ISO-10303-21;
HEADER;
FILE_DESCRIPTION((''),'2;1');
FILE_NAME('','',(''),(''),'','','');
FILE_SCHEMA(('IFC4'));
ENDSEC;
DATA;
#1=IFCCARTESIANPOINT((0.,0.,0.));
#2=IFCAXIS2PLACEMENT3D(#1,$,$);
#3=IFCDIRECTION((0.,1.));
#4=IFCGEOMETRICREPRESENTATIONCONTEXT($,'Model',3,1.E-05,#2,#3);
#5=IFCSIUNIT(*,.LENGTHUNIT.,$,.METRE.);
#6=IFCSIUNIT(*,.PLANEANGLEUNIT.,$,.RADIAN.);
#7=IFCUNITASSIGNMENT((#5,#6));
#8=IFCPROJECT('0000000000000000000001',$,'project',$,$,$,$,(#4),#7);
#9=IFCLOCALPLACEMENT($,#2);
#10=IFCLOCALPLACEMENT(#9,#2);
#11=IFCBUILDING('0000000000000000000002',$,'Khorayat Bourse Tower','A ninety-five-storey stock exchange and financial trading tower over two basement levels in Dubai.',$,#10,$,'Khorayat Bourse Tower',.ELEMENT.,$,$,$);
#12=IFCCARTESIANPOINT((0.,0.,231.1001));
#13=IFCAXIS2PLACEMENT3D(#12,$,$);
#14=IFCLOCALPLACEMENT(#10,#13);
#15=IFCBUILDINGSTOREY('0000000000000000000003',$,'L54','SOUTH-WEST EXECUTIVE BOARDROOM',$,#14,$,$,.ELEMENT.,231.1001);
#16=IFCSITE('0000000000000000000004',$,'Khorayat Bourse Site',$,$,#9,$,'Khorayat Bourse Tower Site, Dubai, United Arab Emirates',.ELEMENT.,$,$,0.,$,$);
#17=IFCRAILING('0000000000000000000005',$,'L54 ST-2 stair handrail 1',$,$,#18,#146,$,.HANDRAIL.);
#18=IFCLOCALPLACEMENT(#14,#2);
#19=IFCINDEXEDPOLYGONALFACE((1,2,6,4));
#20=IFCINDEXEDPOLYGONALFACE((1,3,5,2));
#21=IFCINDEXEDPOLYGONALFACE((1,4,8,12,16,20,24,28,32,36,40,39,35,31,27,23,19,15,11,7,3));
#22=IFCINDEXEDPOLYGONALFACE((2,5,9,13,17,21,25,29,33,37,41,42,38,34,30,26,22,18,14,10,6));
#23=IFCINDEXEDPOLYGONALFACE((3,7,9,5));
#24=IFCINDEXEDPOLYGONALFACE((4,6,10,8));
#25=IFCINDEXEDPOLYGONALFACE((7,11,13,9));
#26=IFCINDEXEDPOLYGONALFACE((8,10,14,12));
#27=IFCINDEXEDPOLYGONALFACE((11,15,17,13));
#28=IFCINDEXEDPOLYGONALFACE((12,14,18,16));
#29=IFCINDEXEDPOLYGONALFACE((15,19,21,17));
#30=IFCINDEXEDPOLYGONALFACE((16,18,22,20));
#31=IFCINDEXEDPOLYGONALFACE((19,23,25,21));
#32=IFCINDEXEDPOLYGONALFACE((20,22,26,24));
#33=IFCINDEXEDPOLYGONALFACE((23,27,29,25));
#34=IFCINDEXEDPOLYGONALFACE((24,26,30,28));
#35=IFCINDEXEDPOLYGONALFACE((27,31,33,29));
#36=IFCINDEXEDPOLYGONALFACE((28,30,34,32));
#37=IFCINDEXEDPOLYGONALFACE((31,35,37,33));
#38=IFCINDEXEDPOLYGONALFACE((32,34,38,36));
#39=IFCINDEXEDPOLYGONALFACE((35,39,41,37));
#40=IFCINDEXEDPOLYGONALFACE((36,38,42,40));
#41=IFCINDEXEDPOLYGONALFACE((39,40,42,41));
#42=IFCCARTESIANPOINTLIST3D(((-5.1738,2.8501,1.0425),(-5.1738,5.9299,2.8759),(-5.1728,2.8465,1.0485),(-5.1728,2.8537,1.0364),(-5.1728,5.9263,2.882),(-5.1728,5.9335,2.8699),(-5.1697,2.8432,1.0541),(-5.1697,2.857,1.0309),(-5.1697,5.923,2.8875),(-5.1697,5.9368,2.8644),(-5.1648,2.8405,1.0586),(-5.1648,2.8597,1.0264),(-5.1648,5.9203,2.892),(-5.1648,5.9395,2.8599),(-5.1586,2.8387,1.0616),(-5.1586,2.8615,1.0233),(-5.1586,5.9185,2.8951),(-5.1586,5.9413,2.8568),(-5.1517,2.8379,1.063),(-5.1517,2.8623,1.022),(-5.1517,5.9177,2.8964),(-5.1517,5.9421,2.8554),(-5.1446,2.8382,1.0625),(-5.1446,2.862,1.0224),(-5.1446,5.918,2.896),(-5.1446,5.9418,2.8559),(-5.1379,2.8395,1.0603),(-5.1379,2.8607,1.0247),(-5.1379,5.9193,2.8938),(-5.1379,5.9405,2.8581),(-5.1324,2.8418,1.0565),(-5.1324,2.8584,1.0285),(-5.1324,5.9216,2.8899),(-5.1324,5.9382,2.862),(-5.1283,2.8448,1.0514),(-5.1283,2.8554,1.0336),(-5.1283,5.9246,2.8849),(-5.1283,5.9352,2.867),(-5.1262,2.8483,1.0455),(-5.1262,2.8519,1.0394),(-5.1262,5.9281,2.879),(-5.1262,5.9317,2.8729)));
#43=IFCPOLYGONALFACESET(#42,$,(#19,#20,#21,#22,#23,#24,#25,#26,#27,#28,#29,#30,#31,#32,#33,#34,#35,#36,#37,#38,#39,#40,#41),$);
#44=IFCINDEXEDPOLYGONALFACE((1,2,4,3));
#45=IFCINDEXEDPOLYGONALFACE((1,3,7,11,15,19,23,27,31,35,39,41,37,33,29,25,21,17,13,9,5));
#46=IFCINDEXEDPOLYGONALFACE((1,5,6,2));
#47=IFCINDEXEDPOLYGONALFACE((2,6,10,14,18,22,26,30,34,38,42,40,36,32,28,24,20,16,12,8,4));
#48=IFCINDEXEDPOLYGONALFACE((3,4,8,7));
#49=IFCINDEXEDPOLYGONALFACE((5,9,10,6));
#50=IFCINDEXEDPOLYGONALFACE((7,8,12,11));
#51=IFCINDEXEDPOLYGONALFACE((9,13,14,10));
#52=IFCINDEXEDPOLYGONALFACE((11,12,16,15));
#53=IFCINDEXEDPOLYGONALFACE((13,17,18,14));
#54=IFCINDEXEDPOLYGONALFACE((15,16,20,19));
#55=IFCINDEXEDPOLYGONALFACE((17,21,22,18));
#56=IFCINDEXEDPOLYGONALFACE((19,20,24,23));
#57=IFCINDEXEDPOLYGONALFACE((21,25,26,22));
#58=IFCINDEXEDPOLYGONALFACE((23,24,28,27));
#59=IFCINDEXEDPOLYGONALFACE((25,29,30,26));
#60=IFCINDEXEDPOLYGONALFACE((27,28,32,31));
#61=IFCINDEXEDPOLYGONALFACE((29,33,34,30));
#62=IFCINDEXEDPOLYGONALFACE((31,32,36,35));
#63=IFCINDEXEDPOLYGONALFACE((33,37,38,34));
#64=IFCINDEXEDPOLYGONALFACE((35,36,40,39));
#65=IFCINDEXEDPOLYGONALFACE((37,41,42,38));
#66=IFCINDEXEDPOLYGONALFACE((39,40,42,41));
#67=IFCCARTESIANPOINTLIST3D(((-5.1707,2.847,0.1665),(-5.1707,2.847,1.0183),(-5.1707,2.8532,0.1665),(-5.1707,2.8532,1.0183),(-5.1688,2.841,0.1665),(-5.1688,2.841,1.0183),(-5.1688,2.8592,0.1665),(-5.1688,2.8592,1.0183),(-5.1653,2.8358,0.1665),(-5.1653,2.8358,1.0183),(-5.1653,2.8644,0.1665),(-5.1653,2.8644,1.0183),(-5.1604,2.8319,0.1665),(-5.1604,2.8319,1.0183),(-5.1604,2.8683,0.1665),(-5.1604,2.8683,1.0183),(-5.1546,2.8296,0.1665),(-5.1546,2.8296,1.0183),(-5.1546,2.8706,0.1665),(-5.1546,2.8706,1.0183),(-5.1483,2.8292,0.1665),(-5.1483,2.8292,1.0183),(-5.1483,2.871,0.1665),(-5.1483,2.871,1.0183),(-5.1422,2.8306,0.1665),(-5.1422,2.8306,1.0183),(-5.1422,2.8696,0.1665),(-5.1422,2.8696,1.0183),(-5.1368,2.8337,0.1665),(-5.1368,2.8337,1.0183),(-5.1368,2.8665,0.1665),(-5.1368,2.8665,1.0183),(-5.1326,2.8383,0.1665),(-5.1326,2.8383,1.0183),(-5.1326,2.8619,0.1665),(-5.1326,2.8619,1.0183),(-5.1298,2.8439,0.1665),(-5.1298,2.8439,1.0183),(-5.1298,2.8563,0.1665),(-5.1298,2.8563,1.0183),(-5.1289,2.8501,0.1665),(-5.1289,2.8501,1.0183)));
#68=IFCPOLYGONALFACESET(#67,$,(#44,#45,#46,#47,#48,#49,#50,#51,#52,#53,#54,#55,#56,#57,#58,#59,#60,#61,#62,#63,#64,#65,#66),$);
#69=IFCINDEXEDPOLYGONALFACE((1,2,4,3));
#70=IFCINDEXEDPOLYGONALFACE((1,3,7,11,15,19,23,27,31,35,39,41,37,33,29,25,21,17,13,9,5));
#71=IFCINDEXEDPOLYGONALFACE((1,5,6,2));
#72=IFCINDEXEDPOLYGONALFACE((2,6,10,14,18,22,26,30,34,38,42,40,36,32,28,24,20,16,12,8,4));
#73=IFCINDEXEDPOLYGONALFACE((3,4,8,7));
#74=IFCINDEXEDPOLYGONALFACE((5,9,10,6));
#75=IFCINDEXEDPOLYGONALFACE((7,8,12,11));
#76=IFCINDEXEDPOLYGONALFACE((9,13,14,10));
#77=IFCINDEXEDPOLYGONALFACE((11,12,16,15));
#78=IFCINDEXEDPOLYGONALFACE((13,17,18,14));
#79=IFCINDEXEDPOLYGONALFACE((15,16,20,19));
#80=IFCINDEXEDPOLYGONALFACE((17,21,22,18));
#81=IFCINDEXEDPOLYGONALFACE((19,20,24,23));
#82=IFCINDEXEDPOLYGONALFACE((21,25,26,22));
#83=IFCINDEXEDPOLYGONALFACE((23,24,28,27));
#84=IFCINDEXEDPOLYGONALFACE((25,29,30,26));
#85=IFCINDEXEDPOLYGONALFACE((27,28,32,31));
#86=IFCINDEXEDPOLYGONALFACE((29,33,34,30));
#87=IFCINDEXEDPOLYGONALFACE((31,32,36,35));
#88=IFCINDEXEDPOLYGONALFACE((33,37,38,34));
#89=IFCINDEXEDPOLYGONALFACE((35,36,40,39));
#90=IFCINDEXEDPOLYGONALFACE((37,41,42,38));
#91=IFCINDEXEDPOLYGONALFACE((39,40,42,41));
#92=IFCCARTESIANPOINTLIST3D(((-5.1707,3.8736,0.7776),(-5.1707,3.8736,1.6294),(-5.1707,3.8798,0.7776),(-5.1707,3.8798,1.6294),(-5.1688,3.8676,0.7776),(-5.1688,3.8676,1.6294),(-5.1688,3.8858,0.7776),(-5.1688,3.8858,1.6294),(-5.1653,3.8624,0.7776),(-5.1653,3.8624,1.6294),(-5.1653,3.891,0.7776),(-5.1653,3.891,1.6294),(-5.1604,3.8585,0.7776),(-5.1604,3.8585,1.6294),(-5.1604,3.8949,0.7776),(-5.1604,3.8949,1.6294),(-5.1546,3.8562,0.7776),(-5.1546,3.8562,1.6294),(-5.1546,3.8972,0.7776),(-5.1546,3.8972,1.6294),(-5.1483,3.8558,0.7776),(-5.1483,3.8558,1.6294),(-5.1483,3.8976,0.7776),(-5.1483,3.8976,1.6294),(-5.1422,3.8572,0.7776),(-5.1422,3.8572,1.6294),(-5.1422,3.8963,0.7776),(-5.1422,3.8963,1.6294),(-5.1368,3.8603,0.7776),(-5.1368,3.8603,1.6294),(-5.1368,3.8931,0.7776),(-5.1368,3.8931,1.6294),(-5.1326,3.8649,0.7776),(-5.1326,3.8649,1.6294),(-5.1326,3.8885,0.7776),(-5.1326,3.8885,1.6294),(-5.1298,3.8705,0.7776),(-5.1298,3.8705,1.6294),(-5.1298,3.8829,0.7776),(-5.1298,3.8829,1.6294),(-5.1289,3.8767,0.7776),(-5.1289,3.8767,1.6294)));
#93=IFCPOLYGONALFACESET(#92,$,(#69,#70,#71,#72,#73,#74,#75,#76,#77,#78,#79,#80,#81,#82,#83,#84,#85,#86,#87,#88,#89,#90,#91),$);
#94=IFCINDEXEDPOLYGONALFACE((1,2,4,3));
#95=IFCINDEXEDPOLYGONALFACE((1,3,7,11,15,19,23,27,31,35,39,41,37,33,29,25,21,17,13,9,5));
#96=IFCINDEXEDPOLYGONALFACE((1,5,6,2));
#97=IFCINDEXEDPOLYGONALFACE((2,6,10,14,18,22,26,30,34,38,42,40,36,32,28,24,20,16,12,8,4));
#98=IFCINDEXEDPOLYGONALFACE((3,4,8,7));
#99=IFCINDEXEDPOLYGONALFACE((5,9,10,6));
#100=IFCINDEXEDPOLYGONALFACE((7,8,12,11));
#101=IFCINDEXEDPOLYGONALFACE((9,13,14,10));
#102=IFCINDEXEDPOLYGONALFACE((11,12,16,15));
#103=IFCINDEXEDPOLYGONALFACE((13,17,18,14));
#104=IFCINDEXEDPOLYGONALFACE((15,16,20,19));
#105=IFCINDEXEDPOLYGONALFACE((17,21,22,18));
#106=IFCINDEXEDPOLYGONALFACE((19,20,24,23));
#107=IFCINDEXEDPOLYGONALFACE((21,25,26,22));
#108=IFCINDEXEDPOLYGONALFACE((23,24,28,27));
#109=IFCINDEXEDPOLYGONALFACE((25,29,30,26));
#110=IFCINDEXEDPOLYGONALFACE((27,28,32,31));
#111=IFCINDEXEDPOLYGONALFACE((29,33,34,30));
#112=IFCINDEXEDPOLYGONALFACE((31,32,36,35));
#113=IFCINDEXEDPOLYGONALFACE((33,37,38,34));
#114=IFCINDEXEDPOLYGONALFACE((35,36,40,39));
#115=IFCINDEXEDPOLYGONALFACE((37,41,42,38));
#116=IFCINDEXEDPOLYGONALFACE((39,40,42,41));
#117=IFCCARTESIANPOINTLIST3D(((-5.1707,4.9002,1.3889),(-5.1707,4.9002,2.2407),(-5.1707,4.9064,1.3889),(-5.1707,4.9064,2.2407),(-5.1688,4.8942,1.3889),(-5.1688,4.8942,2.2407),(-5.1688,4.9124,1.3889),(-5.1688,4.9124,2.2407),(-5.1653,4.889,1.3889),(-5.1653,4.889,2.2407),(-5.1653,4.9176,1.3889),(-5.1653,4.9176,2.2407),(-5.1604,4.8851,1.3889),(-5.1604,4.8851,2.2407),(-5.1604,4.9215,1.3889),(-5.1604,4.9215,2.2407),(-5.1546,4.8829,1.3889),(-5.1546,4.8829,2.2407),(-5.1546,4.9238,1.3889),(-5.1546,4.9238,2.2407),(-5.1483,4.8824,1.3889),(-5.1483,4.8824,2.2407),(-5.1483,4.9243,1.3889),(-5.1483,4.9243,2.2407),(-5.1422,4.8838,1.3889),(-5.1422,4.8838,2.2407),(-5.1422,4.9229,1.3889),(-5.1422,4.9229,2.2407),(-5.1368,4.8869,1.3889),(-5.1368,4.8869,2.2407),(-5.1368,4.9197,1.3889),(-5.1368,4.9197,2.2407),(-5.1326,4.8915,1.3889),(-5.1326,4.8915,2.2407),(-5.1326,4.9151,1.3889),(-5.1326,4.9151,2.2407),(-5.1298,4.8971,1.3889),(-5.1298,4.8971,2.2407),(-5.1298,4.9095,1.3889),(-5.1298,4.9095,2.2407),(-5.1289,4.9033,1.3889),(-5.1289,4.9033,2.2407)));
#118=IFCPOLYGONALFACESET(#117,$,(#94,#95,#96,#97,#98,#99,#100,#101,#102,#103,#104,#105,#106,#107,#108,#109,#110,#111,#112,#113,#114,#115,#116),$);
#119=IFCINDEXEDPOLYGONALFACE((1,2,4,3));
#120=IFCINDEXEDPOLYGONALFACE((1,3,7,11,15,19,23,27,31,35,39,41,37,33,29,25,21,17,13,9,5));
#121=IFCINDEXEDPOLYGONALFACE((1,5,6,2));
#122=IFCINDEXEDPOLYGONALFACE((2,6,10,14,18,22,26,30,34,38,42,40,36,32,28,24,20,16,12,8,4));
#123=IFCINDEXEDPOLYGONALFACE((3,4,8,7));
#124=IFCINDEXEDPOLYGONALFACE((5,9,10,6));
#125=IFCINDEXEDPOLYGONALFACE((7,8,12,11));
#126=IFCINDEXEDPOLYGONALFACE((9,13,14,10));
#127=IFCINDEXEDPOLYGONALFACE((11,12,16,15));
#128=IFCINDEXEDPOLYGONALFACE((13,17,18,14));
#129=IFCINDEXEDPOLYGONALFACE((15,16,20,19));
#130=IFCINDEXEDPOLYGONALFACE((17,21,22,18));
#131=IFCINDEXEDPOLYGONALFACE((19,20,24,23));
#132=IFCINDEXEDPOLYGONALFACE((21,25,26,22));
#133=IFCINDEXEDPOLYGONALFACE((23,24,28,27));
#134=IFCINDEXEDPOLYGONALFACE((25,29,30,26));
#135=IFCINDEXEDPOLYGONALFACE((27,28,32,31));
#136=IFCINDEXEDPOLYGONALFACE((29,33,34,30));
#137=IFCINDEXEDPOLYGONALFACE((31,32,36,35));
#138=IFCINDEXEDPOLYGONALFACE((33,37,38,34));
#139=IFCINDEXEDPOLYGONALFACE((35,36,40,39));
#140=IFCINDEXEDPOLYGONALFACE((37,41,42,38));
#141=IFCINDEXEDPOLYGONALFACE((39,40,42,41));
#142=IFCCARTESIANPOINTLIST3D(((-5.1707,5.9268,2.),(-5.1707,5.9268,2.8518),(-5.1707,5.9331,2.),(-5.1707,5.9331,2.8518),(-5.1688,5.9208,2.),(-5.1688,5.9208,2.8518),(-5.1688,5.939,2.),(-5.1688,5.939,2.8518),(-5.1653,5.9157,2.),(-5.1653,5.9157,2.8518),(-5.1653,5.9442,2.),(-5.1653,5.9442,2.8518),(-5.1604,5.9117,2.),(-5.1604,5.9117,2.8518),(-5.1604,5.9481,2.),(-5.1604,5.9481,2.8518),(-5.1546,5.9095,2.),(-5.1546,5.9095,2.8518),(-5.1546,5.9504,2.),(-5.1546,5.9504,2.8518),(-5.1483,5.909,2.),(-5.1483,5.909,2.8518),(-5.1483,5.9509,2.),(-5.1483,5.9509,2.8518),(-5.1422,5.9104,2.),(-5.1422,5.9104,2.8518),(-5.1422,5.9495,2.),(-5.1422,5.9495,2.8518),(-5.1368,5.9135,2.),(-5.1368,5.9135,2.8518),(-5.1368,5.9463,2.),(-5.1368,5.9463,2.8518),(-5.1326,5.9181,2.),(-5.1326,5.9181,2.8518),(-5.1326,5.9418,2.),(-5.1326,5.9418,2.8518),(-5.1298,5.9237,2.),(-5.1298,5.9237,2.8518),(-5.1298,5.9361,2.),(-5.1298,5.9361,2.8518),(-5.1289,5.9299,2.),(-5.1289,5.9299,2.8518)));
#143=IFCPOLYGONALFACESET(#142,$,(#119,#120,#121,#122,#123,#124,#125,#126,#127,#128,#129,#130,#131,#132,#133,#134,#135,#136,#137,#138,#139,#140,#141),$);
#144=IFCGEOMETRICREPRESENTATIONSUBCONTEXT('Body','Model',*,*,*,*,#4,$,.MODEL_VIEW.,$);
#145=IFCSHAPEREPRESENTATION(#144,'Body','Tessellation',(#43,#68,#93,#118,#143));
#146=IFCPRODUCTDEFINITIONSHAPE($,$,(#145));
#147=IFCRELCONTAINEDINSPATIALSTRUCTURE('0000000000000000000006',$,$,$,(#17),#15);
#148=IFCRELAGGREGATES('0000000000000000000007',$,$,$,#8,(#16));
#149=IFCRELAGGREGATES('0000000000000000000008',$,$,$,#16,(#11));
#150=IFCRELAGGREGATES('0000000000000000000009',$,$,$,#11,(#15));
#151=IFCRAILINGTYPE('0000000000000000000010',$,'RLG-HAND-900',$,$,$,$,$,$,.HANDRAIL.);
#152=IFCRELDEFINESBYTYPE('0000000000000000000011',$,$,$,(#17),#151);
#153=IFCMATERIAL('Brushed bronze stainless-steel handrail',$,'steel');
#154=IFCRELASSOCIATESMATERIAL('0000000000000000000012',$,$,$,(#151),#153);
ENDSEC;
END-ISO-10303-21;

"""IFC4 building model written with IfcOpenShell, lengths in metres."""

from ifc_helpers import new_model, si_unit, direction, frame, origin, origin_2d, place, context, subcontext, project, spatial, circle, extrude, source, transform, mapped, material, type_object, element, save


model = new_model("IFC4")

# Units and contexts
model_context = context("Model", 3, precision=1e-05, world=origin(), true_north=direction((0.0, 1.0)))
body_context = subcontext(model_context, "Body", "Model", "MODEL_VIEW")
ifc_project = project(units=[si_unit("LENGTHUNIT", "METRE"), si_unit("PLANEANGLEUNIT", "RADIAN")], contexts=[model_context])

# Site, building, storey
site_placement = place(None, origin())
site = spatial("IfcSite", under=ifc_project, at=site_placement, Name="Khorayat Bourse Site", LongName="Khorayat Bourse Tower Site, Dubai, United Arab Emirates", CompositionType="ELEMENT", RefElevation=0.0)
building_placement = place(site_placement, origin())
building = spatial("IfcBuilding", under=site, at=building_placement, Name="Khorayat Bourse Tower", Description="A ninety-five-storey stock exchange and financial trading tower over two basement levels in Dubai.", LongName="Khorayat Bourse Tower", CompositionType="ELEMENT")
storey_placement = place(building_placement, frame((0.0, 0.0, 231.1001)))
storey = spatial("IfcBuildingStorey", under=building, at=storey_placement, Name="L54", Description="SOUTH-WEST EXECUTIVE BOARDROOM", CompositionType="ELEMENT", Elevation=231.1001)

# Railing
ifc_material_1 = material(Name="Brushed bronze stainless-steel handrail", Category="steel")
railing_type_1 = type_object("IfcRailingType", Name="RLG-HAND-900", PredefinedType="HANDRAIL", material=ifc_material_1)
shared_shape_1 = source(origin(), body_context, "Body", "SweptSolid", [
    extrude(circle(Radius=0.0239, at=origin_2d()), frame((0.0, 0.0, 0.876), z_axis=(0.0, 0.859261, 0.511538), x_axis=(-1.0, 0.0, 0.0)), (0.0, 0.0, 1.0), 3.5842),
    extrude(circle(Radius=0.021, at=origin_2d()), origin(), (0.0, 0.0, 1.0), 0.8518),
    extrude(circle(Radius=0.021, at=origin_2d()), frame((0.0, 1.0266, 0.6111)), (0.0, 0.0, 1.0), 0.8518),
    extrude(circle(Radius=0.021, at=origin_2d()), frame((0.0, 2.0532, 1.2224)), (0.0, 0.0, 1.0), 0.8518),
    extrude(circle(Radius=0.021, at=origin_2d()), frame((0.0, 3.0798, 1.8335)), (0.0, 0.0, 1.0), 0.8518),
])
railing_1_placement = place(storey_placement, frame((-5.1499, 2.8501, 0.1665)))
element("IfcRailing", 1, at=railing_1_placement, inside=storey, type_object=railing_type_1, Name="L54 ST-2 stair handrail 1", PredefinedType="HANDRAIL", context=body_context, shape_type="MappedRepresentation", body=[
    mapped(shared_shape_1, transform((0.0, 0.0, 0.0), scale=1.0)),
])

save(model, "model.ifc")
